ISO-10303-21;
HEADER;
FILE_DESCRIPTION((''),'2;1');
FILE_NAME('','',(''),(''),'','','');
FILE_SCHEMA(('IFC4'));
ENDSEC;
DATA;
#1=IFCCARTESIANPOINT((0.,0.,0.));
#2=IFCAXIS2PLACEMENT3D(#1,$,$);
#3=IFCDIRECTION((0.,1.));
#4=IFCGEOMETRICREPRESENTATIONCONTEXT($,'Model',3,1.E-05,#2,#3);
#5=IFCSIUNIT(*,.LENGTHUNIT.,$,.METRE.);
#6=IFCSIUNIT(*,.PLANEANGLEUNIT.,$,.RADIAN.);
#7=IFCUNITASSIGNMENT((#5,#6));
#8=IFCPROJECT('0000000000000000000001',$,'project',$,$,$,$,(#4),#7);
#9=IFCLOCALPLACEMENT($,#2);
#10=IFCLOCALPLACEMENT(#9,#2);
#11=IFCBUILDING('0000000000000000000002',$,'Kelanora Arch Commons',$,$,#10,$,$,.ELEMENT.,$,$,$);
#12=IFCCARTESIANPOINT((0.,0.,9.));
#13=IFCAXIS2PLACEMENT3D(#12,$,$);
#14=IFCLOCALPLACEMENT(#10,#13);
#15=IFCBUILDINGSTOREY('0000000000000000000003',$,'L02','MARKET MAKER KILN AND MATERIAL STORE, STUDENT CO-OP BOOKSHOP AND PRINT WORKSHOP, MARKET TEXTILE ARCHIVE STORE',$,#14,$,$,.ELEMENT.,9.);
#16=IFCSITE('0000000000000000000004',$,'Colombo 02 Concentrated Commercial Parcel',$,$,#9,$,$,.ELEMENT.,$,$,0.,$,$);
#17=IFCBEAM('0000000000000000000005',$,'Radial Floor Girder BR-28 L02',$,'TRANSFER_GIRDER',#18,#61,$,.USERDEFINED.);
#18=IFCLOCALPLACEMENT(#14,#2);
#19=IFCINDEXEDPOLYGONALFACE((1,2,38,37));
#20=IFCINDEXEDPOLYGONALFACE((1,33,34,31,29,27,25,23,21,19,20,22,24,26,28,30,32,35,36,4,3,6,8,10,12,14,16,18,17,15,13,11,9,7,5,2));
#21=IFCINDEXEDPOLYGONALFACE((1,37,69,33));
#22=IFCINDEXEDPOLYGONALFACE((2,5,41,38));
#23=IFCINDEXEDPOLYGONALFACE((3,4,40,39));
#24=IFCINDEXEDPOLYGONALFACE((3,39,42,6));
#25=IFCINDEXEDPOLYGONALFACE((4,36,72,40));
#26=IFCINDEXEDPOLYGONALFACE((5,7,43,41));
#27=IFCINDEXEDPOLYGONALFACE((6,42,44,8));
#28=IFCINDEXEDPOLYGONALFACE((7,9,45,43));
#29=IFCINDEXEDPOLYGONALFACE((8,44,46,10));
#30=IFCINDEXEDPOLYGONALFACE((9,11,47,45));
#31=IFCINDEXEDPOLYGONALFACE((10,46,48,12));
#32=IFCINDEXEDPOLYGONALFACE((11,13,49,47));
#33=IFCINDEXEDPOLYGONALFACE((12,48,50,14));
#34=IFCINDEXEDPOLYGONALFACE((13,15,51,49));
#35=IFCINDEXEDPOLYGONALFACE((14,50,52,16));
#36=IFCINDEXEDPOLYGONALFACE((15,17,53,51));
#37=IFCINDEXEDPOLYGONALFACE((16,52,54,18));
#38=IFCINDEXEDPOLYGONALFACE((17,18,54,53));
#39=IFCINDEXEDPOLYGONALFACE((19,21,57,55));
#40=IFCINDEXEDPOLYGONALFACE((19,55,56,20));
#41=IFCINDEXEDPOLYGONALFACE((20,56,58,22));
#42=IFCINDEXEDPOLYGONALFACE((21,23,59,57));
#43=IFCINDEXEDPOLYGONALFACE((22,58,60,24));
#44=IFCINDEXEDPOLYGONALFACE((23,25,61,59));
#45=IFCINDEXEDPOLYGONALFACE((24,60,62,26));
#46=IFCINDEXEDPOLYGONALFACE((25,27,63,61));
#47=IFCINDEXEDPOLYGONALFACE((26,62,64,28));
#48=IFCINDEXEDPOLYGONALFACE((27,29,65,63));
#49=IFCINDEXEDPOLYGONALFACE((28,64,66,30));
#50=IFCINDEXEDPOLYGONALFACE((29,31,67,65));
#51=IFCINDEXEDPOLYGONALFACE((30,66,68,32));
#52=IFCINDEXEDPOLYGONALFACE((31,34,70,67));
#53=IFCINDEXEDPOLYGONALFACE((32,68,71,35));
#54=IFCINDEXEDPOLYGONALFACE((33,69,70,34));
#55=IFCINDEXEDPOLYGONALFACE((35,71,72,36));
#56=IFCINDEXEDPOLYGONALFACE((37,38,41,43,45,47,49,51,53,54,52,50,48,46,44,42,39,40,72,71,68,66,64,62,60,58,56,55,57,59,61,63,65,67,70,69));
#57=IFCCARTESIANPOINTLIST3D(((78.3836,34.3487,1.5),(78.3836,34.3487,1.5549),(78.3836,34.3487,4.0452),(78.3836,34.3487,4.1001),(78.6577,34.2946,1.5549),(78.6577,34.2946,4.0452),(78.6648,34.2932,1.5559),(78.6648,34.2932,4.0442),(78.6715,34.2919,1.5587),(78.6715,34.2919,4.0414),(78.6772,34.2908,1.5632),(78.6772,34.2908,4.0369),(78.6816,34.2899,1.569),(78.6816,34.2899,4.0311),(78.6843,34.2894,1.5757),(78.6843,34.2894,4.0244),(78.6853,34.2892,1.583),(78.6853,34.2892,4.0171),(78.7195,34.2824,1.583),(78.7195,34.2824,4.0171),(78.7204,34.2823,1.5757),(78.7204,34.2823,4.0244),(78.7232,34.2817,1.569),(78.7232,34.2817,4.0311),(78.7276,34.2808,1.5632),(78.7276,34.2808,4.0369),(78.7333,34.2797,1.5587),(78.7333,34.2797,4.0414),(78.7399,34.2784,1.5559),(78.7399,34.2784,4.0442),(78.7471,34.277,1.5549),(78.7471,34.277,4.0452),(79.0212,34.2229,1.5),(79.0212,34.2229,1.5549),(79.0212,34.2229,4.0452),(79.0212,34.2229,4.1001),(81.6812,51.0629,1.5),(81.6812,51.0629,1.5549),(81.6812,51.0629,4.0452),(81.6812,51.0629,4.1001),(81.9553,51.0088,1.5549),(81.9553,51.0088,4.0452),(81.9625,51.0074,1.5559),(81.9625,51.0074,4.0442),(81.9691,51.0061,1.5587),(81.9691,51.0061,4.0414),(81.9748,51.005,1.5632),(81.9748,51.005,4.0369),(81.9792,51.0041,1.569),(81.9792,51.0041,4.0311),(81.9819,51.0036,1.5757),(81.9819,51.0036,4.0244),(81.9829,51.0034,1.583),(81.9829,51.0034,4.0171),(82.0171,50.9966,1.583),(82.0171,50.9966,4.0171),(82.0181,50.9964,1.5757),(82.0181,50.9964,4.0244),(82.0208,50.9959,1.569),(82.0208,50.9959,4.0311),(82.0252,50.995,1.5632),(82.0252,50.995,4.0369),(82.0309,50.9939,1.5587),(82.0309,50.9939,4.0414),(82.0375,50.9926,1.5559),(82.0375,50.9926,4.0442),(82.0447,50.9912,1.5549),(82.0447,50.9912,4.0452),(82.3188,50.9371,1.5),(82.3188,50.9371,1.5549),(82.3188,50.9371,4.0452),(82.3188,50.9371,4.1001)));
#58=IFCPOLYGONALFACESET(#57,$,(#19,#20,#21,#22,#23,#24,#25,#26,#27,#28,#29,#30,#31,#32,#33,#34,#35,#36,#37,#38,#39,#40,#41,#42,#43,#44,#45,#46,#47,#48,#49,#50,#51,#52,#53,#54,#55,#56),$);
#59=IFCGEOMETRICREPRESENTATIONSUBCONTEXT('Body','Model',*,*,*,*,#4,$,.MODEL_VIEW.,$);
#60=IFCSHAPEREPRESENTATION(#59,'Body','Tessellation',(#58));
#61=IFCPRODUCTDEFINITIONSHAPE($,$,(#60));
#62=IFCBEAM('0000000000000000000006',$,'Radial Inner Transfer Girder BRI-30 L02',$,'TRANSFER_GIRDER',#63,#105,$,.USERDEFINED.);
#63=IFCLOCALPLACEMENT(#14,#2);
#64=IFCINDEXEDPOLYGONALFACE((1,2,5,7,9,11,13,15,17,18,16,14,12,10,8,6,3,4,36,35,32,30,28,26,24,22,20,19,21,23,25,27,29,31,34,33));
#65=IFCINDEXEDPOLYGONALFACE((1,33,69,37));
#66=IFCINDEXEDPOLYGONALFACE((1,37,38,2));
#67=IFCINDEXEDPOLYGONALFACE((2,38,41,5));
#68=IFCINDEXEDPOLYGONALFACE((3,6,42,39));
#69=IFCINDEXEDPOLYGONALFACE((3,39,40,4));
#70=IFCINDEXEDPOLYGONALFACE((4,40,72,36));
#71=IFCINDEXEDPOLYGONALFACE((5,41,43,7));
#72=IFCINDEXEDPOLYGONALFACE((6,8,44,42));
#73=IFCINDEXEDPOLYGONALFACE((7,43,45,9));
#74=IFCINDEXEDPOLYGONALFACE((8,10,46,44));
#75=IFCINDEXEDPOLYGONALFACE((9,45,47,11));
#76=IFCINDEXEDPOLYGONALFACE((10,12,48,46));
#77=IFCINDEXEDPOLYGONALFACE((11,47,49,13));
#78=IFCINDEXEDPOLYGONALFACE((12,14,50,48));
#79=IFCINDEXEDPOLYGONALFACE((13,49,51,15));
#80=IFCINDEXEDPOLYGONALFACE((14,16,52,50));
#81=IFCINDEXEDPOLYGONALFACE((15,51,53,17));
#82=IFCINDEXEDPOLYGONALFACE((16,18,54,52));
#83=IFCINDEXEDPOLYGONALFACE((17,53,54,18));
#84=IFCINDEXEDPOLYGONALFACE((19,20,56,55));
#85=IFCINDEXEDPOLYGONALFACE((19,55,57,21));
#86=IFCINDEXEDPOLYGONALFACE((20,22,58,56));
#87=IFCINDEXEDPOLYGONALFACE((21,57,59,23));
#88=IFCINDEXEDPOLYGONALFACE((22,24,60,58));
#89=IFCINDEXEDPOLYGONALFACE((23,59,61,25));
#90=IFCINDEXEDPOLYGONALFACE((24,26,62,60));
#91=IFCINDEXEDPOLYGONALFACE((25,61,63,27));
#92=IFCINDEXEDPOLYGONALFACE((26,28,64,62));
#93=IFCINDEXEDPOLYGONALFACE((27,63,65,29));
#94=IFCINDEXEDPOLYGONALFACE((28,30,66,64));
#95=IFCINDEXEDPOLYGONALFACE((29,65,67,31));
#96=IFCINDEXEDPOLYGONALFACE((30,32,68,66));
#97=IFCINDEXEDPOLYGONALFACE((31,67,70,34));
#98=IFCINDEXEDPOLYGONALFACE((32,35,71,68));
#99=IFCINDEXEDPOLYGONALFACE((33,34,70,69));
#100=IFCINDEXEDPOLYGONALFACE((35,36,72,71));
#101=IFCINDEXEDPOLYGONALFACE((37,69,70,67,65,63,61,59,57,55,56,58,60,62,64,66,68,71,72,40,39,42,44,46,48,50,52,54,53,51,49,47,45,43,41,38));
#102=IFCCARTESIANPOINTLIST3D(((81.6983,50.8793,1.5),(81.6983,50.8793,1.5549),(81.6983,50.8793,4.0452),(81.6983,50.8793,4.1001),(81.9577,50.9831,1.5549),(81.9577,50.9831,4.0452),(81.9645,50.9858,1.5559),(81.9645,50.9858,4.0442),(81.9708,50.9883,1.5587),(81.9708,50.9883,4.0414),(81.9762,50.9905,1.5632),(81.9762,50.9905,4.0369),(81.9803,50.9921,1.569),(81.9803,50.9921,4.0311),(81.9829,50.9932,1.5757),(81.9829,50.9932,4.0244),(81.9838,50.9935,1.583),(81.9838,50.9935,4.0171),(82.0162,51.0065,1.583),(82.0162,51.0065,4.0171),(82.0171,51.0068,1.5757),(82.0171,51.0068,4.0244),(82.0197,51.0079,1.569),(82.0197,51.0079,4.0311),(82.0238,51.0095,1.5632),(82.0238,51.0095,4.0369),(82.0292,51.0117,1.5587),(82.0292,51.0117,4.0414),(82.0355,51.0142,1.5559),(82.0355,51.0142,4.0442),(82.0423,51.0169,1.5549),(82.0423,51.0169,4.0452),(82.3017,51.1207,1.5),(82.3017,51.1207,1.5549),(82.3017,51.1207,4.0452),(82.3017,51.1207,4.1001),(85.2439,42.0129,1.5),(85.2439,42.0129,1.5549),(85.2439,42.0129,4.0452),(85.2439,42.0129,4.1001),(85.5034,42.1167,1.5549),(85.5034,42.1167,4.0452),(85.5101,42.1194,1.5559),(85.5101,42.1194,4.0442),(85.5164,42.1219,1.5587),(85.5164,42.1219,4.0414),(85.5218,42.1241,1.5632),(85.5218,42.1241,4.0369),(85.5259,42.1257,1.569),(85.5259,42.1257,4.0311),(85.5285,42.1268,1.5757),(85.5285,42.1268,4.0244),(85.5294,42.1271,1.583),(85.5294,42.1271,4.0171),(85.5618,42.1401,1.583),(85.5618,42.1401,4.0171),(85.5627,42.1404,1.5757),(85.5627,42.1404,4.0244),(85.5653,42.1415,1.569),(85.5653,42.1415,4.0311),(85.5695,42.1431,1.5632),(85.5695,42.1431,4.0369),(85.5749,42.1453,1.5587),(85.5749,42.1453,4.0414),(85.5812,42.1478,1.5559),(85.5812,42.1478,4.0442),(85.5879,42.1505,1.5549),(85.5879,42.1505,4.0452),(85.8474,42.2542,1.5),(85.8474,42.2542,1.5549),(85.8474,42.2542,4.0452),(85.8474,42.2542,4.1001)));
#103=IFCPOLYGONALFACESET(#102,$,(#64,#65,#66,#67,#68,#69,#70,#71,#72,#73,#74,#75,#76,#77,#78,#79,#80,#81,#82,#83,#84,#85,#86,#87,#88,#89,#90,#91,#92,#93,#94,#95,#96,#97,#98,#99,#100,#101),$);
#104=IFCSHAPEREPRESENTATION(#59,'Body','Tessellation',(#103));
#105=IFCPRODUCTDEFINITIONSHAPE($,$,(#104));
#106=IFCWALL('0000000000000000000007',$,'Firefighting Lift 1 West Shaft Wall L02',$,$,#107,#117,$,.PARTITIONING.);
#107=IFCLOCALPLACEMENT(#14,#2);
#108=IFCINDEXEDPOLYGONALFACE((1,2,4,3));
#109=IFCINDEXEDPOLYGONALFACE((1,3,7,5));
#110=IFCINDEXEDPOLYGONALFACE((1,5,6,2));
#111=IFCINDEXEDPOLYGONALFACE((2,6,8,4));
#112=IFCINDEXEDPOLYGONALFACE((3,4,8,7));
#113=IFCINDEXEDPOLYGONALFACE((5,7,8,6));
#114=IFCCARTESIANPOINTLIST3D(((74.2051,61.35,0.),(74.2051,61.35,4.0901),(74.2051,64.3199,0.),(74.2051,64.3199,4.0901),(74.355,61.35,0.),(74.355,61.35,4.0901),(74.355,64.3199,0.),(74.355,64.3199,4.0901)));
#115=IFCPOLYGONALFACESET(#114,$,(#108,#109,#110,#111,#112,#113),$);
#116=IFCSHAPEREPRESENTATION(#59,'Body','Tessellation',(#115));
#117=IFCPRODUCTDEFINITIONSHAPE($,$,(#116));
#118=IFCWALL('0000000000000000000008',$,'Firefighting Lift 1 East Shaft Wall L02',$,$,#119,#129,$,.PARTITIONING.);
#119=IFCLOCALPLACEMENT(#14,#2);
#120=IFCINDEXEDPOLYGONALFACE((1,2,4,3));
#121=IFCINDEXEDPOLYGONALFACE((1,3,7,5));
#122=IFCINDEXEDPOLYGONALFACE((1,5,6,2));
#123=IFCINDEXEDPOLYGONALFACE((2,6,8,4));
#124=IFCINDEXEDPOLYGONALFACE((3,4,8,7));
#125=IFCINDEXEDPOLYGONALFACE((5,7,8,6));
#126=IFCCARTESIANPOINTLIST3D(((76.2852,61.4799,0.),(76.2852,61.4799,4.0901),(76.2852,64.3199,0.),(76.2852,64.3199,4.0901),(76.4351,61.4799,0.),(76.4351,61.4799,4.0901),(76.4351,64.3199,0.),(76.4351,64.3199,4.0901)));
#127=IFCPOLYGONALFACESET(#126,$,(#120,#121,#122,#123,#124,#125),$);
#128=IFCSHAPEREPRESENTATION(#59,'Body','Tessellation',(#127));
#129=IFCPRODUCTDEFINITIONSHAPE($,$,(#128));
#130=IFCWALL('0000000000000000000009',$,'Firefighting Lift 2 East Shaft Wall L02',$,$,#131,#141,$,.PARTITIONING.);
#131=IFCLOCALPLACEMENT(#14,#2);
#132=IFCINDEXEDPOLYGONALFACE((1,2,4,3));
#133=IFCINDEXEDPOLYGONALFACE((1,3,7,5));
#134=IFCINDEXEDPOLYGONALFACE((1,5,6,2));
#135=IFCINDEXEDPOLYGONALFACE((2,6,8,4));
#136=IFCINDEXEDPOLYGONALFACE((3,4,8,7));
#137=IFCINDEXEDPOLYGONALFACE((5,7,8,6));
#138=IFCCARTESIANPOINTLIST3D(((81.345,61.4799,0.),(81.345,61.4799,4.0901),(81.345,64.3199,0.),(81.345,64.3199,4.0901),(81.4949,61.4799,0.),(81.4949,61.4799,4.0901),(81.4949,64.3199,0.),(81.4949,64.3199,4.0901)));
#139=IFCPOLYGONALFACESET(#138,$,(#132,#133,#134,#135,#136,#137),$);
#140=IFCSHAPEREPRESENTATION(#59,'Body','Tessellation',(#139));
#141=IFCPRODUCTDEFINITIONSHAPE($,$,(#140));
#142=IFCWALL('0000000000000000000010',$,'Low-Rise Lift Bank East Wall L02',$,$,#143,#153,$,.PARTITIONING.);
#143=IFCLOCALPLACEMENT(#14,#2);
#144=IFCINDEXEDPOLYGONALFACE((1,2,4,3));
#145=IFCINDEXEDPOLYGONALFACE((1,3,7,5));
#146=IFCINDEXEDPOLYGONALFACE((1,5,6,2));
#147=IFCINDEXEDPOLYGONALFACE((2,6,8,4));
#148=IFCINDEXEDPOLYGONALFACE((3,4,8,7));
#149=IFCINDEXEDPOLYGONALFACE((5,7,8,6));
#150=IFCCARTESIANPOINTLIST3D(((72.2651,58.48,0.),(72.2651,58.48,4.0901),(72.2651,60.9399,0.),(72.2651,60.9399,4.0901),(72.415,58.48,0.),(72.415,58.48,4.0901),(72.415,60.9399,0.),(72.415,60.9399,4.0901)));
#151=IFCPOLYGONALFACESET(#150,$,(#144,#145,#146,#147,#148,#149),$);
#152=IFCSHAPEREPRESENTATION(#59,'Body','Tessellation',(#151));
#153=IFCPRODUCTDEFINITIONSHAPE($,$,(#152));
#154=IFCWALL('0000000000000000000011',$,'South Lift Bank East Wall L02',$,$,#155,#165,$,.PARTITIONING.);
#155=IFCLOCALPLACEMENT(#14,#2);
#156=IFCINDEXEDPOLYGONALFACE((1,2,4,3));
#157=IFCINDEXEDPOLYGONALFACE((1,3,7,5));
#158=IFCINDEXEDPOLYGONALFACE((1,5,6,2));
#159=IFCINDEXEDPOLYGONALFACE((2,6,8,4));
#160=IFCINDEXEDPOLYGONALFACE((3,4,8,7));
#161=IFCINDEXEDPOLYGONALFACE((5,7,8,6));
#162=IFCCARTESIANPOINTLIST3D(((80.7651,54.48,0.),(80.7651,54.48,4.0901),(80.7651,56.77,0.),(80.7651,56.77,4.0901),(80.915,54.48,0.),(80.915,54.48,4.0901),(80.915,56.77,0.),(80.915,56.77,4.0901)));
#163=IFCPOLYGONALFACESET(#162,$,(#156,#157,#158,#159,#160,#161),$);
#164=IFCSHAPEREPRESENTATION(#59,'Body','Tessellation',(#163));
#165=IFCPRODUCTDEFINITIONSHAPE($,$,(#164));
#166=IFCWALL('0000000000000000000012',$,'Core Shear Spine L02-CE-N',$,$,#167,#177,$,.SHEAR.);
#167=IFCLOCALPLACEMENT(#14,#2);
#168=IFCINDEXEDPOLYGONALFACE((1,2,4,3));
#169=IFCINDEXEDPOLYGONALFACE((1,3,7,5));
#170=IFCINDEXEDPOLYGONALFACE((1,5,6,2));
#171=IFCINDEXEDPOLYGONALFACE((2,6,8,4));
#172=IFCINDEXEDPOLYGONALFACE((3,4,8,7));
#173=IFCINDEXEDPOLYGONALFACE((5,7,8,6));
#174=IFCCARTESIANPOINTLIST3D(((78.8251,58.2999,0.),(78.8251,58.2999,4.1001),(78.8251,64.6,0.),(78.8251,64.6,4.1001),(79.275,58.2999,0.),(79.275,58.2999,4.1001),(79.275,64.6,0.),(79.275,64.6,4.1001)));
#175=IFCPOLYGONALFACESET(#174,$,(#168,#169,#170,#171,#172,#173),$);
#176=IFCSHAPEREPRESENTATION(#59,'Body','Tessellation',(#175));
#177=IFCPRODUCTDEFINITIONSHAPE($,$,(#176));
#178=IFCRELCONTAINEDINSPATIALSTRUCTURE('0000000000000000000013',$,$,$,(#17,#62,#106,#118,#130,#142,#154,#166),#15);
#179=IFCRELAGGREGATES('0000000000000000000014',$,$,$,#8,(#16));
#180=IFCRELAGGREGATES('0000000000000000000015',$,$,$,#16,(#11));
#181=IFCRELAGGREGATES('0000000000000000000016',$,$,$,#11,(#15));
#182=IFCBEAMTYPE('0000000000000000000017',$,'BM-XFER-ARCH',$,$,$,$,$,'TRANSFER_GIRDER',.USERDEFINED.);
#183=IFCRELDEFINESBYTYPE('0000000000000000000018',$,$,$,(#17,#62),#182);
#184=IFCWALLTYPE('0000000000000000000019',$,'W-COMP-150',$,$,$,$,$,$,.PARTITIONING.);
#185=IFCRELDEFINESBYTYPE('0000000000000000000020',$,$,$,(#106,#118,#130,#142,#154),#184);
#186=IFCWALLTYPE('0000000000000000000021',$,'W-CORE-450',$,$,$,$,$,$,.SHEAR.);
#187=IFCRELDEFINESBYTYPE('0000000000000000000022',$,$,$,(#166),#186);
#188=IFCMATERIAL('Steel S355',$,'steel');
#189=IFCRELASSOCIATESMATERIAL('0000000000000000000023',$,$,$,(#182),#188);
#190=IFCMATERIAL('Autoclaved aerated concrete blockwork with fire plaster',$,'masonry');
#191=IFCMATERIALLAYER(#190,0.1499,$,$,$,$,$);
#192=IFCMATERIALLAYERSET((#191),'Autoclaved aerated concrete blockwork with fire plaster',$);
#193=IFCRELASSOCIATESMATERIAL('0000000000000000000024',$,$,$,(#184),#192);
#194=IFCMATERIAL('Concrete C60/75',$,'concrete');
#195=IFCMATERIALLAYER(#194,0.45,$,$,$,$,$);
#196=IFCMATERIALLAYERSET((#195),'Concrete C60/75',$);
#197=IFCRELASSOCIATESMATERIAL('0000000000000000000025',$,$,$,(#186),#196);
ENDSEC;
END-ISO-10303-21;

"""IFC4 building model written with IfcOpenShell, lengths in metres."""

from ifc_helpers import new_model, si_unit, direction, frame, frame_2d, origin, origin_2d, place, context, subcontext, project, spatial, rectangle, i_section, extrude, material, layer, layer_set, material_profile, profile_set, type_object, element, save


model = new_model("IFC4")

# Units and contexts
model_context = context("Model", 3, precision=1e-05, world=origin(), true_north=direction((0.0, 1.0)))
body_context = subcontext(model_context, "Body", "Model", "MODEL_VIEW")
ifc_project = project(units=[si_unit("LENGTHUNIT", "METRE"), si_unit("PLANEANGLEUNIT", "RADIAN")], contexts=[model_context])

# Site, building, storey
site_placement = place(None, origin())
site = spatial("IfcSite", under=ifc_project, at=site_placement, Name="Colombo 02 Concentrated Commercial Parcel", CompositionType="ELEMENT", RefElevation=0.0)
building_placement = place(site_placement, origin())
building = spatial("IfcBuilding", under=site, at=building_placement, Name="Kelanora Arch Commons", CompositionType="ELEMENT")
storey_placement = place(building_placement, frame((0.0, 0.0, 9.0)))
storey = spatial("IfcBuildingStorey", under=building, at=storey_placement, Name="L02", Description="MARKET MAKER KILN AND MATERIAL STORE, STUDENT CO-OP BOOKSHOP AND PRINT WORKSHOP, MARKET TEXTILE ARCHIVE STORE", CompositionType="ELEMENT", Elevation=9.0)

# Beams
ifc_material_1 = material(Name="Steel S355", Category="steel")
ifc_material_profile = material_profile(ifc_material_1, i_section(OverallWidth=0.6499, OverallDepth=2.6001, WebThickness=0.0349, FlangeThickness=0.0549, FilletRadius=0.0281, at=origin_2d()), Name="PG2600x650")
ifc_profile_set = profile_set([ifc_material_profile], Name="Steel S355")
beam_type = type_object("IfcBeamType", Name="BM-XFER-ARCH", ElementType="TRANSFER_GIRDER", PredefinedType="USERDEFINED", material=ifc_profile_set)
beam_1_placement = place(storey_placement, frame((82.0, 51.0, 2.8), z_axis=(-0.193564, -0.981088, 0.0), x_axis=(0.981088, -0.193564, 0.0)))
element("IfcBeam", 1, at=beam_1_placement, inside=storey, type_object=beam_type, Name="Radial Floor Girder BR-28 L02", ObjectType="TRANSFER_GIRDER", PredefinedType="USERDEFINED", context=body_context, shape_type="SweptSolid", body=[
    extrude(i_section(OverallWidth=0.6499, OverallDepth=2.6001, WebThickness=0.0349, FlangeThickness=0.0549, FilletRadius=0.0281, at=origin_2d()), origin(), (0.0, 0.0, 1.0), 17.0364),
])
beam_2_placement = place(storey_placement, frame((82.0, 51.0, 2.8), z_axis=(0.371307, -0.92851, 0.0), x_axis=(0.92851, 0.371307, 0.0)))
element("IfcBeam", 2, at=beam_2_placement, inside=storey, type_object=beam_type, Name="Radial Inner Transfer Girder BRI-30 L02", ObjectType="TRANSFER_GIRDER", PredefinedType="USERDEFINED", context=body_context, shape_type="SweptSolid", body=[
    extrude(i_section(OverallWidth=0.6499, OverallDepth=2.6001, WebThickness=0.0349, FlangeThickness=0.0549, FilletRadius=0.0281, at=origin_2d()), origin(), (0.0, 0.0, 1.0), 9.5491),
])

# Walls
ifc_material_2 = material(Name="Autoclaved aerated concrete blockwork with fire plaster", Category="masonry")
ifc_layer_1 = layer(ifc_material_2, 0.1499)
ifc_layer_set_1 = layer_set([ifc_layer_1], Name="Autoclaved aerated concrete blockwork with fire plaster")
wall_type_1 = type_object("IfcWallType", Name="W-COMP-150", PredefinedType="PARTITIONING", material=ifc_layer_set_1)
wall_1_placement = place(storey_placement, frame((74.28, 61.3501, 0.0), z_axis=(0.0, 0.0, 1.0), x_axis=(0.0, 1.0, 0.0)))
element("IfcWall", 3, at=wall_1_placement, inside=storey, type_object=wall_type_1, Name="Firefighting Lift 1 West Shaft Wall L02", PredefinedType="PARTITIONING", context=body_context, shape_type="SweptSolid", body=[
    extrude(rectangle(XDim=2.97, YDim=0.1499, at=frame_2d((1.4849, 0.0))), origin(), (0.0, 0.0, 1.0), 4.0901),
])
for number, where, z_axis, x_axis, name in (
    (4, (76.3601, 61.48, 0.0), (0.0, 0.0, 1.0), (0.0, 1.0, 0.0), "Firefighting Lift 1 East Shaft Wall L02"),
    (5, (81.4199, 61.48, 0.0), (0.0, 0.0, 1.0), (0.0, 1.0, 0.0), "Firefighting Lift 2 East Shaft Wall L02"),
):
    element("IfcWall", number, at=place(storey_placement, frame(where, z_axis=z_axis, x_axis=x_axis)), inside=storey, type_object=wall_type_1, Name=name, PredefinedType="PARTITIONING", context=body_context, shape_type="SweptSolid", body=[
        extrude(rectangle(XDim=2.8401, YDim=0.1499, at=frame_2d((1.4199, 0.0))), origin(), (0.0, 0.0, 1.0), 4.0901),
    ])
wall_2_placement = place(storey_placement, frame((72.3401, 58.48, 0.0), z_axis=(0.0, 0.0, 1.0), x_axis=(0.0, 1.0, 0.0)))
element("IfcWall", 6, at=wall_2_placement, inside=storey, type_object=wall_type_1, Name="Low-Rise Lift Bank East Wall L02", PredefinedType="PARTITIONING", context=body_context, shape_type="SweptSolid", body=[
    extrude(rectangle(XDim=2.46, YDim=0.1499, at=frame_2d((1.23, 0.0))), origin(), (0.0, 0.0, 1.0), 4.0901),
])
wall_3_placement = place(storey_placement, frame((80.8401, 54.48, 0.0), z_axis=(0.0, 0.0, 1.0), x_axis=(0.0, 1.0, 0.0)))
element("IfcWall", 7, at=wall_3_placement, inside=storey, type_object=wall_type_1, Name="South Lift Bank East Wall L02", PredefinedType="PARTITIONING", context=body_context, shape_type="SweptSolid", body=[
    extrude(rectangle(XDim=2.29, YDim=0.1499, at=frame_2d((1.145, 0.0))), origin(), (0.0, 0.0, 1.0), 4.0901),
])
ifc_material_3 = material(Name="Concrete C60/75", Category="concrete")
ifc_layer_2 = layer(ifc_material_3, 0.45)
ifc_layer_set_2 = layer_set([ifc_layer_2], Name="Concrete C60/75")
wall_type_2 = type_object("IfcWallType", Name="W-CORE-450", PredefinedType="SHEAR", material=ifc_layer_set_2)
wall_4_placement = place(storey_placement, frame((79.05, 58.3, 0.0), z_axis=(0.0, 0.0, 1.0), x_axis=(0.0, 1.0, 0.0)))
element("IfcWall", 8, at=wall_4_placement, inside=storey, type_object=wall_type_2, Name="Core Shear Spine L02-CE-N", PredefinedType="SHEAR", context=body_context, shape_type="SweptSolid", body=[
    extrude(rectangle(XDim=6.3, YDim=0.45, at=frame_2d((3.1499, 0.0))), origin(), (0.0, 0.0, 1.0), 4.1001),
])

save(model, "model.ifc")
